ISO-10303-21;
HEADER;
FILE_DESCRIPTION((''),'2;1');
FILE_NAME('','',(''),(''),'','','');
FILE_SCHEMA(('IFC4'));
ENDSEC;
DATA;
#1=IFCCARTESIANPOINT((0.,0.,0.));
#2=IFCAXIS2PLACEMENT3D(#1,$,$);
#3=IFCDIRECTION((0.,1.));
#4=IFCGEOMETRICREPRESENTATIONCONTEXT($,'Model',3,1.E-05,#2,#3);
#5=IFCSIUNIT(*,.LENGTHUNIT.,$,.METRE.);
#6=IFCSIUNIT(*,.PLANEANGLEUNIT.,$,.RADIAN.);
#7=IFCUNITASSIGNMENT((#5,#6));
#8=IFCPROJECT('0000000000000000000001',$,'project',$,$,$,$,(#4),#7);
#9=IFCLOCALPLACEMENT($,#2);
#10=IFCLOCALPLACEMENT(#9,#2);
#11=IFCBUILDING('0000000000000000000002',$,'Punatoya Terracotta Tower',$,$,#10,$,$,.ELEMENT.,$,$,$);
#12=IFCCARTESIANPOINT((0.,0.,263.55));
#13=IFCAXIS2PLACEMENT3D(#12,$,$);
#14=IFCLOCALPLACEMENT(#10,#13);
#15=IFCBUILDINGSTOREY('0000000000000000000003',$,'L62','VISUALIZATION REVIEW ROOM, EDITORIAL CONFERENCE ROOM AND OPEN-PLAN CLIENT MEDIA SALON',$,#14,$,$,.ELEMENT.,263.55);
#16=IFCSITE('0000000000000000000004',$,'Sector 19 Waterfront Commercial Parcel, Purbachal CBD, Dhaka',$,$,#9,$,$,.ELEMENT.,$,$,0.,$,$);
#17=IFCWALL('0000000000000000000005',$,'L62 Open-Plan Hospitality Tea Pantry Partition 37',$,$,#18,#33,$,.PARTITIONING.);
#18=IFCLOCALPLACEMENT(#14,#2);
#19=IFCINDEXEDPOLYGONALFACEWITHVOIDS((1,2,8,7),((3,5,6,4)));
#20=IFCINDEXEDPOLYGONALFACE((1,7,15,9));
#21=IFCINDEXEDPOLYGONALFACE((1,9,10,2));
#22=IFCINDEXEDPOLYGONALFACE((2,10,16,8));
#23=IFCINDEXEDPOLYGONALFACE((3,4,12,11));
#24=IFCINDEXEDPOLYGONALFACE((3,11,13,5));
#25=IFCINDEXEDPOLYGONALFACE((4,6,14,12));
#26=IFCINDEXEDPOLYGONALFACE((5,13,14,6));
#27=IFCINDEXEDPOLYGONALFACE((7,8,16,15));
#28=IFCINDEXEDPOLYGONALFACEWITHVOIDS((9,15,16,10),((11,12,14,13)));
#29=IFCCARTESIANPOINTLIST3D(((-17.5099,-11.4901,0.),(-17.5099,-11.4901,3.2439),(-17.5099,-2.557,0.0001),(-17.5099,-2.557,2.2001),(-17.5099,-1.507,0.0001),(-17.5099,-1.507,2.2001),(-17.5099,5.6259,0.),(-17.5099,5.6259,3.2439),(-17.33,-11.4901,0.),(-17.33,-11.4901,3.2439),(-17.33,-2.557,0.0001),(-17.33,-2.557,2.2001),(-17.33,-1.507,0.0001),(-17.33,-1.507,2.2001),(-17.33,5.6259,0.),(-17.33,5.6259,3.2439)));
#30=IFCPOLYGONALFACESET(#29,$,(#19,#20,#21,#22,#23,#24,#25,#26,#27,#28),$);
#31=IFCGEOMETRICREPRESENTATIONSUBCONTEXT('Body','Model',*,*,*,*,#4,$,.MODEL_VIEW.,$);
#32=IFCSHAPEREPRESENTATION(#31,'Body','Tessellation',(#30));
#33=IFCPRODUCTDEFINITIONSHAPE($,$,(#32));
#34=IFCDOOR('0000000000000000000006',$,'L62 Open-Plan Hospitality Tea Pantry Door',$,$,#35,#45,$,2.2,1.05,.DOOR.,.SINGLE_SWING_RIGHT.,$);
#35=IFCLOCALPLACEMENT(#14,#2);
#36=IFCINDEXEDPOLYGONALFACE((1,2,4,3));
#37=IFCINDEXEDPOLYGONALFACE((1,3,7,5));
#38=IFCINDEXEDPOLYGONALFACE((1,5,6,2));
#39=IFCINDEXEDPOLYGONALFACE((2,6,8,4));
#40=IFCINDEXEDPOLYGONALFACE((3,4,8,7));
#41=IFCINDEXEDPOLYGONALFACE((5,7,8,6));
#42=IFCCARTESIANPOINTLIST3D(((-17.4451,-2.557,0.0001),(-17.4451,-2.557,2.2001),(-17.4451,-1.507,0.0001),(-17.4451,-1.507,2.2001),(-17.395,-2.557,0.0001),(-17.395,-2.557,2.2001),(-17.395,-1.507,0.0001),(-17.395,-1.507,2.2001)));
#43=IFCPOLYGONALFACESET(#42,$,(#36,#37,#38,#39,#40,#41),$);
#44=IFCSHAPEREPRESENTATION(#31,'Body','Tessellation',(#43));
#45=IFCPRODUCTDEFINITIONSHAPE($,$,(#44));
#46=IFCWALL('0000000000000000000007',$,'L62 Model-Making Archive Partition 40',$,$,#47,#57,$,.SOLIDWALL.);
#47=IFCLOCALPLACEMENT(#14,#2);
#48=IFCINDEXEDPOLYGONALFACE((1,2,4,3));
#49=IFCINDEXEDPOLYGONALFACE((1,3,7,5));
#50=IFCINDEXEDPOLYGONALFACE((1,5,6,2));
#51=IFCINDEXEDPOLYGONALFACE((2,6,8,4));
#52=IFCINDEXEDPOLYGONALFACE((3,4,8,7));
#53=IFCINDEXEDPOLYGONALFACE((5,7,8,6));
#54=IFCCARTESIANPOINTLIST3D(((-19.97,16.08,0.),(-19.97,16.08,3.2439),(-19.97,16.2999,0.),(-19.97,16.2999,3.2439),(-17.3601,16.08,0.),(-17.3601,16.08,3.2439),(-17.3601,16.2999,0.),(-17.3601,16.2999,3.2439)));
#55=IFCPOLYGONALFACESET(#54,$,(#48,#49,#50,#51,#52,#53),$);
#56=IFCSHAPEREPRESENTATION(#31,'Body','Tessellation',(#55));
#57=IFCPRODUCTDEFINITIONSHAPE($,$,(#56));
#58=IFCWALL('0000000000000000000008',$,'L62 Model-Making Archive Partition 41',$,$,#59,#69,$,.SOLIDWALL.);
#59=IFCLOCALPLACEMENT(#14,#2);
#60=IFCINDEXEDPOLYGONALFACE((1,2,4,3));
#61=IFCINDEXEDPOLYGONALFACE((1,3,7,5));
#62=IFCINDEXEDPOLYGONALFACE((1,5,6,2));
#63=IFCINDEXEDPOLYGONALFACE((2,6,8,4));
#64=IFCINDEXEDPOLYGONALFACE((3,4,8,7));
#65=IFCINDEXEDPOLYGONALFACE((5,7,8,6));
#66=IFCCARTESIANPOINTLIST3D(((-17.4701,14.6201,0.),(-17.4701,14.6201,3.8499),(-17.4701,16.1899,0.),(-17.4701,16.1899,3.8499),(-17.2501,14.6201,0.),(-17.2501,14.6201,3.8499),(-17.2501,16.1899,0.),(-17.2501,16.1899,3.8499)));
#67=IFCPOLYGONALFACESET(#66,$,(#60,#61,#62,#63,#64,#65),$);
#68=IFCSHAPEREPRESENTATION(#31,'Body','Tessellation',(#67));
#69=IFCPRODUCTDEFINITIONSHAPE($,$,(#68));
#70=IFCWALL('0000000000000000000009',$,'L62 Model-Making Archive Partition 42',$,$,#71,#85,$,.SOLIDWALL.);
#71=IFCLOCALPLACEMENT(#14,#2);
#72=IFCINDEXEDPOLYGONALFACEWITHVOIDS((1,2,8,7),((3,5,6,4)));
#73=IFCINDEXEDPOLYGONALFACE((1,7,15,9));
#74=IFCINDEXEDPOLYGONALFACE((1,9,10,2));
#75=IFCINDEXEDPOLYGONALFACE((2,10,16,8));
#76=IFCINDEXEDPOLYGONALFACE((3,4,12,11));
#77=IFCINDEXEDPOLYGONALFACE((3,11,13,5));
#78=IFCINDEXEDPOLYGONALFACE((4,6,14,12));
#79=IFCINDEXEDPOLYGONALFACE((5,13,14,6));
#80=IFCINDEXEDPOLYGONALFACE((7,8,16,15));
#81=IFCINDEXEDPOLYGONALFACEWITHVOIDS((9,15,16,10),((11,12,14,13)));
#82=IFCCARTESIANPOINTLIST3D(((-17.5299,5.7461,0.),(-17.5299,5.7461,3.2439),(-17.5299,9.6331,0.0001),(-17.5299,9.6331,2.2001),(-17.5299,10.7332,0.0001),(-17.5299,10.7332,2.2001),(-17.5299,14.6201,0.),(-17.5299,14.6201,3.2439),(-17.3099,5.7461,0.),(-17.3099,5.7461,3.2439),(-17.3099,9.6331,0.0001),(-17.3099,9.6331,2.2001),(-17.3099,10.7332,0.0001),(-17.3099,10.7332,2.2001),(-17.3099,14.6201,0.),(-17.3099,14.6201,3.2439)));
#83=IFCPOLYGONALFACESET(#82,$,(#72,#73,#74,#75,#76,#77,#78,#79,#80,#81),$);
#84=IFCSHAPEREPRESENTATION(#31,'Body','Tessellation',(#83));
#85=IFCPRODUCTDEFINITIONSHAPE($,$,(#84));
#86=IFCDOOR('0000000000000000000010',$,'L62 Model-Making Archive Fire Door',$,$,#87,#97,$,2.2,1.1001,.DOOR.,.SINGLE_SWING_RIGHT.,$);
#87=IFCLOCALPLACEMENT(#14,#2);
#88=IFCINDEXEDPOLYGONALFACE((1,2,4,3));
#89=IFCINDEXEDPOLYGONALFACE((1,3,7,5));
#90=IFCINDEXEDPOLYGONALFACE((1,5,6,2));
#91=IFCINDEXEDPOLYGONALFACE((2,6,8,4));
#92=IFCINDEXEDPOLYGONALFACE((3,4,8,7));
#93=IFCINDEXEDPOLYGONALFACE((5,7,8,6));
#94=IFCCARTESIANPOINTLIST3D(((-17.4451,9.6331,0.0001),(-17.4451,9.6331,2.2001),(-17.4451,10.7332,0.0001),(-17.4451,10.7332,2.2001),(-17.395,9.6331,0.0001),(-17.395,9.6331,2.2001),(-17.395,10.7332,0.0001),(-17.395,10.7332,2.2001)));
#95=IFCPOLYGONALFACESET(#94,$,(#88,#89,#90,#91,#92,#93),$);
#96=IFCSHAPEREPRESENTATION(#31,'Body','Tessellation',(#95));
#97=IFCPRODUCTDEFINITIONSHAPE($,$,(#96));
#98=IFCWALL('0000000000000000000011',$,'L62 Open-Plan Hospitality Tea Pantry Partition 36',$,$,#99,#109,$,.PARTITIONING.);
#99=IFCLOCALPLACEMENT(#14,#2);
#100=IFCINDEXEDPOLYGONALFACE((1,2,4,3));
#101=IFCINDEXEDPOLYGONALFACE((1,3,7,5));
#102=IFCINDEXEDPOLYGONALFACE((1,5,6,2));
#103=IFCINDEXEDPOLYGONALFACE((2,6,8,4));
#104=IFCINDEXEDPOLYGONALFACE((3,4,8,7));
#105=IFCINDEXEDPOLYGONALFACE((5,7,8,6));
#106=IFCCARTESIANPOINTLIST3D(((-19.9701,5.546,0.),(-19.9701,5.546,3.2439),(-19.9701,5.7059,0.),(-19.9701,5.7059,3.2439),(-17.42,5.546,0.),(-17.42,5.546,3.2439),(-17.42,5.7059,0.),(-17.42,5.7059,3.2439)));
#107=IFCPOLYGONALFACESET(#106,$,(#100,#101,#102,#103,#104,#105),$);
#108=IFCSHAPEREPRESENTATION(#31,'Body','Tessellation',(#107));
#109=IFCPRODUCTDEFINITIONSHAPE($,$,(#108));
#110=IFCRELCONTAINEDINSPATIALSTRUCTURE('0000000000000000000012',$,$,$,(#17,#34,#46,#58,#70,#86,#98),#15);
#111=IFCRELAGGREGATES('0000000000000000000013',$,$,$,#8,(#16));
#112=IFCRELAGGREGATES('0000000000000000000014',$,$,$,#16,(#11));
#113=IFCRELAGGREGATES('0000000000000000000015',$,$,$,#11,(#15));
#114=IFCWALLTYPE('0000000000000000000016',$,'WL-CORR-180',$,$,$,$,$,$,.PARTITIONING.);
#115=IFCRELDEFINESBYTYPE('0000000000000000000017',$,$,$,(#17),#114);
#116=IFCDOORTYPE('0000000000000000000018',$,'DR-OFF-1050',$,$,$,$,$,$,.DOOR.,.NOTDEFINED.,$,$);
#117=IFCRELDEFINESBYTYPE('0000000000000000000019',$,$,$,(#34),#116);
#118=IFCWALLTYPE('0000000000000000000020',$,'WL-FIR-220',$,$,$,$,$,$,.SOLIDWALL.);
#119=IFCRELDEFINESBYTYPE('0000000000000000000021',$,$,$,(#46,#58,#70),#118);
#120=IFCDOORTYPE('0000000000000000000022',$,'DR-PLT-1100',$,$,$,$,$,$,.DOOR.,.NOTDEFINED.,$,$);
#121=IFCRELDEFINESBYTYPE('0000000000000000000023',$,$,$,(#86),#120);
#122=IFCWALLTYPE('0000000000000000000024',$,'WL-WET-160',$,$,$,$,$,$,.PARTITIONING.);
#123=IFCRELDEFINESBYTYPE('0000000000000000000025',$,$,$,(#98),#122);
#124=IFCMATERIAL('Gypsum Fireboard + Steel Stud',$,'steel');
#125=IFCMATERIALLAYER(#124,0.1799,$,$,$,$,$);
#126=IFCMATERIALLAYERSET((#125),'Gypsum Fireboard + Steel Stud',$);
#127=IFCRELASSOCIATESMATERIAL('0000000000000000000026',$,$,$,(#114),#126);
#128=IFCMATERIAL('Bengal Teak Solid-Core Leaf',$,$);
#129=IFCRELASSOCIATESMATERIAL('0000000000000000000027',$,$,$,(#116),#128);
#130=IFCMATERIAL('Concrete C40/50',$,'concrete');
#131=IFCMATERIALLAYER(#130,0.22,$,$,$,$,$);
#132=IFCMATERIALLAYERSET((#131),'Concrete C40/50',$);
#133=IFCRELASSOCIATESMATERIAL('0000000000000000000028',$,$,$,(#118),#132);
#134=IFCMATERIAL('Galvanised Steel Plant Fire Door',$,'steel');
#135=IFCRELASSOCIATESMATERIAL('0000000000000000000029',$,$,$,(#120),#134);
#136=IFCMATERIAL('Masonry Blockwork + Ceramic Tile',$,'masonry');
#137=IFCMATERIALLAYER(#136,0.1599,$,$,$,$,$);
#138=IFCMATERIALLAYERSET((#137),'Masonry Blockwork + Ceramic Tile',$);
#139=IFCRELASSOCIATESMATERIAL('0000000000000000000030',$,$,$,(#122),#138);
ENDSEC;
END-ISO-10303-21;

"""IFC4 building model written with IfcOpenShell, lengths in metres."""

from ifc_helpers import new_model, si_unit, direction, frame, frame_2d, origin, place, context, subcontext, project, spatial, rectangle, extrude, material, layer, layer_set, type_object, element, fill, save


model = new_model("IFC4")

# Units and contexts
model_context = context("Model", 3, precision=1e-05, world=origin(), true_north=direction((0.0, 1.0)))
body_context = subcontext(model_context, "Body", "Model", "MODEL_VIEW")
ifc_project = project(units=[si_unit("LENGTHUNIT", "METRE"), si_unit("PLANEANGLEUNIT", "RADIAN")], contexts=[model_context])

# Site, building, storey
site_placement = place(None, origin())
site = spatial("IfcSite", under=ifc_project, at=site_placement, Name="Sector 19 Waterfront Commercial Parcel, Purbachal CBD, Dhaka", CompositionType="ELEMENT", RefElevation=0.0)
building_placement = place(site_placement, origin())
building = spatial("IfcBuilding", under=site, at=building_placement, Name="Punatoya Terracotta Tower", CompositionType="ELEMENT")
storey_placement = place(building_placement, frame((0.0, 0.0, 263.55)))
storey = spatial("IfcBuildingStorey", under=building, at=storey_placement, Name="L62", Description="VISUALIZATION REVIEW ROOM, EDITORIAL CONFERENCE ROOM AND OPEN-PLAN CLIENT MEDIA SALON", CompositionType="ELEMENT", Elevation=263.55)

# Wall, opening, door
ifc_material_1 = material(Name="Gypsum Fireboard + Steel Stud", Category="steel")
ifc_layer_1 = layer(ifc_material_1, 0.1799)
ifc_layer_set_1 = layer_set([ifc_layer_1], Name="Gypsum Fireboard + Steel Stud")
wall_type_1 = type_object("IfcWallType", Name="WL-CORR-180", PredefinedType="PARTITIONING", material=ifc_layer_set_1)
wall_1_placement = place(storey_placement, frame((-17.4199, 5.626, 0.0), z_axis=(0.0, 0.0, 1.0), x_axis=(0.0, -1.0, 0.0)))
wall_1 = element("IfcWall", 1, at=wall_1_placement, inside=storey, type_object=wall_type_1, Name="L62 Open-Plan Hospitality Tea Pantry Partition 37", PredefinedType="PARTITIONING", context=body_context, shape_type="SweptSolid", body=[
    extrude(rectangle(XDim=17.116, YDim=0.1799, at=frame_2d((8.5581, 0.0))), origin(), (0.0, 0.0, 1.0), 3.2439),
])
opening_1_placement = place(wall_1_placement, frame((7.1331, 0.0, 0.0)))
opening_1 = element("IfcOpeningElement", 2, at=opening_1_placement, cuts=wall_1, PredefinedType="OPENING", context=body_context, shape_type="SweptSolid", body=[
    extrude(rectangle(XDim=1.05, YDim=2.2, at=frame_2d((0.5249, 1.1001))), frame((0.0, 0.0999, 0.0), z_axis=(0.0, -1.0, 0.0), x_axis=(1.0, 0.0, 0.0)), (0.0, 0.0, 1.0), 0.2),
])
ifc_material_2 = material(Name="Bengal Teak Solid-Core Leaf")
door_type_1 = type_object("IfcDoorType", Name="DR-OFF-1050", OperationType="NOTDEFINED", PredefinedType="DOOR", material=ifc_material_2)
door_1_placement = place(opening_1_placement, origin())
door_1 = element("IfcDoor", 3, at=door_1_placement, inside=storey, type_object=door_type_1, Name="L62 Open-Plan Hospitality Tea Pantry Door", OperationType="SINGLE_SWING_RIGHT", OverallHeight=2.2, OverallWidth=1.05, PredefinedType="DOOR", context=body_context, shape_type="SweptSolid", body=[
    extrude(rectangle(XDim=1.05, YDim=2.2, at=frame_2d((0.5249, 1.1001))), frame((0.0, 0.0249, 0.0), z_axis=(0.0, -1.0, 0.0), x_axis=(1.0, 0.0, 0.0)), (0.0, 0.0, 1.0), 0.05),
])
fill(opening_1, door_1)

# Walls
ifc_material_3 = material(Name="Concrete C40/50", Category="concrete")
ifc_layer_2 = layer(ifc_material_3, 0.22)
ifc_layer_set_2 = layer_set([ifc_layer_2], Name="Concrete C40/50")
wall_type_2 = type_object("IfcWallType", Name="WL-FIR-220", PredefinedType="SOLIDWALL", material=ifc_layer_set_2)
wall_2_placement = place(storey_placement, frame((-19.97, 16.1899, 0.0), z_axis=(0.0, 0.0, 1.0), x_axis=(1.0, 0.0, 0.0)))
element("IfcWall", 4, at=wall_2_placement, inside=storey, type_object=wall_type_2, Name="L62 Model-Making Archive Partition 40", PredefinedType="SOLIDWALL", context=body_context, shape_type="SweptSolid", body=[
    extrude(rectangle(XDim=2.6099, YDim=0.22, at=frame_2d((1.3049, 0.0))), origin(), (0.0, 0.0, 1.0), 3.2439),
])
wall_3_placement = place(storey_placement, frame((-17.3601, 16.1899, 0.0), z_axis=(0.0, 0.0, 1.0), x_axis=(0.0, -1.0, 0.0)))
element("IfcWall", 5, at=wall_3_placement, inside=storey, type_object=wall_type_2, Name="L62 Model-Making Archive Partition 41", PredefinedType="SOLIDWALL", context=body_context, shape_type="SweptSolid", body=[
    extrude(rectangle(XDim=1.5698, YDim=0.22, at=frame_2d((0.7849, 0.0))), origin(), (0.0, 0.0, 1.0), 3.8499),
])

# Wall, opening, door
wall_4_placement = place(storey_placement, frame((-17.4199, 14.6201, 0.0), z_axis=(0.0, 0.0, 1.0), x_axis=(0.0, -1.0, 0.0)))
wall_4 = element("IfcWall", 6, at=wall_4_placement, inside=storey, type_object=wall_type_2, Name="L62 Model-Making Archive Partition 42", PredefinedType="SOLIDWALL", context=body_context, shape_type="SweptSolid", body=[
    extrude(rectangle(XDim=8.874, YDim=0.22, at=frame_2d((4.437, 0.0))), origin(), (0.0, 0.0, 1.0), 3.2439),
])
opening_2_placement = place(wall_4_placement, frame((3.887, 0.0, 0.0)))
opening_2 = element("IfcOpeningElement", 7, at=opening_2_placement, cuts=wall_4, PredefinedType="OPENING", context=body_context, shape_type="SweptSolid", body=[
    extrude(rectangle(XDim=1.1001, YDim=2.2, at=frame_2d((0.55, 1.1001))), frame((0.0, 0.1199, 0.0), z_axis=(0.0, -1.0, 0.0), x_axis=(1.0, 0.0, 0.0)), (0.0, 0.0, 1.0), 0.24),
])
ifc_material_4 = material(Name="Galvanised Steel Plant Fire Door", Category="steel")
door_type_2 = type_object("IfcDoorType", Name="DR-PLT-1100", OperationType="NOTDEFINED", PredefinedType="DOOR", material=ifc_material_4)
door_2_placement = place(opening_2_placement, origin())
door_2 = element("IfcDoor", 8, at=door_2_placement, inside=storey, type_object=door_type_2, Name="L62 Model-Making Archive Fire Door", OperationType="SINGLE_SWING_RIGHT", OverallHeight=2.2, OverallWidth=1.1001, PredefinedType="DOOR", context=body_context, shape_type="SweptSolid", body=[
    extrude(rectangle(XDim=1.1001, YDim=2.2, at=frame_2d((0.55, 1.1001))), frame((0.0, 0.0249, 0.0), z_axis=(0.0, -1.0, 0.0), x_axis=(1.0, 0.0, 0.0)), (0.0, 0.0, 1.0), 0.05),
])
fill(opening_2, door_2)

# Wall
ifc_material_5 = material(Name="Masonry Blockwork + Ceramic Tile", Category="masonry")
ifc_layer_3 = layer(ifc_material_5, 0.1599)
ifc_layer_set_3 = layer_set([ifc_layer_3], Name="Masonry Blockwork + Ceramic Tile")
wall_type_3 = type_object("IfcWallType", Name="WL-WET-160", PredefinedType="PARTITIONING", material=ifc_layer_set_3)
wall_5_placement = place(storey_placement, frame((-19.97, 5.626, 0.0), z_axis=(0.0, 0.0, 1.0), x_axis=(1.0, 0.0, 0.0)))
element("IfcWall", 9, at=wall_5_placement, inside=storey, type_object=wall_type_3, Name="L62 Open-Plan Hospitality Tea Pantry Partition 36", PredefinedType="PARTITIONING", context=body_context, shape_type="SweptSolid", body=[
    extrude(rectangle(XDim=2.55, YDim=0.1599, at=frame_2d((1.2749, 0.0))), origin(), (0.0, 0.0, 1.0), 3.2439),
])

save(model, "model.ifc")
